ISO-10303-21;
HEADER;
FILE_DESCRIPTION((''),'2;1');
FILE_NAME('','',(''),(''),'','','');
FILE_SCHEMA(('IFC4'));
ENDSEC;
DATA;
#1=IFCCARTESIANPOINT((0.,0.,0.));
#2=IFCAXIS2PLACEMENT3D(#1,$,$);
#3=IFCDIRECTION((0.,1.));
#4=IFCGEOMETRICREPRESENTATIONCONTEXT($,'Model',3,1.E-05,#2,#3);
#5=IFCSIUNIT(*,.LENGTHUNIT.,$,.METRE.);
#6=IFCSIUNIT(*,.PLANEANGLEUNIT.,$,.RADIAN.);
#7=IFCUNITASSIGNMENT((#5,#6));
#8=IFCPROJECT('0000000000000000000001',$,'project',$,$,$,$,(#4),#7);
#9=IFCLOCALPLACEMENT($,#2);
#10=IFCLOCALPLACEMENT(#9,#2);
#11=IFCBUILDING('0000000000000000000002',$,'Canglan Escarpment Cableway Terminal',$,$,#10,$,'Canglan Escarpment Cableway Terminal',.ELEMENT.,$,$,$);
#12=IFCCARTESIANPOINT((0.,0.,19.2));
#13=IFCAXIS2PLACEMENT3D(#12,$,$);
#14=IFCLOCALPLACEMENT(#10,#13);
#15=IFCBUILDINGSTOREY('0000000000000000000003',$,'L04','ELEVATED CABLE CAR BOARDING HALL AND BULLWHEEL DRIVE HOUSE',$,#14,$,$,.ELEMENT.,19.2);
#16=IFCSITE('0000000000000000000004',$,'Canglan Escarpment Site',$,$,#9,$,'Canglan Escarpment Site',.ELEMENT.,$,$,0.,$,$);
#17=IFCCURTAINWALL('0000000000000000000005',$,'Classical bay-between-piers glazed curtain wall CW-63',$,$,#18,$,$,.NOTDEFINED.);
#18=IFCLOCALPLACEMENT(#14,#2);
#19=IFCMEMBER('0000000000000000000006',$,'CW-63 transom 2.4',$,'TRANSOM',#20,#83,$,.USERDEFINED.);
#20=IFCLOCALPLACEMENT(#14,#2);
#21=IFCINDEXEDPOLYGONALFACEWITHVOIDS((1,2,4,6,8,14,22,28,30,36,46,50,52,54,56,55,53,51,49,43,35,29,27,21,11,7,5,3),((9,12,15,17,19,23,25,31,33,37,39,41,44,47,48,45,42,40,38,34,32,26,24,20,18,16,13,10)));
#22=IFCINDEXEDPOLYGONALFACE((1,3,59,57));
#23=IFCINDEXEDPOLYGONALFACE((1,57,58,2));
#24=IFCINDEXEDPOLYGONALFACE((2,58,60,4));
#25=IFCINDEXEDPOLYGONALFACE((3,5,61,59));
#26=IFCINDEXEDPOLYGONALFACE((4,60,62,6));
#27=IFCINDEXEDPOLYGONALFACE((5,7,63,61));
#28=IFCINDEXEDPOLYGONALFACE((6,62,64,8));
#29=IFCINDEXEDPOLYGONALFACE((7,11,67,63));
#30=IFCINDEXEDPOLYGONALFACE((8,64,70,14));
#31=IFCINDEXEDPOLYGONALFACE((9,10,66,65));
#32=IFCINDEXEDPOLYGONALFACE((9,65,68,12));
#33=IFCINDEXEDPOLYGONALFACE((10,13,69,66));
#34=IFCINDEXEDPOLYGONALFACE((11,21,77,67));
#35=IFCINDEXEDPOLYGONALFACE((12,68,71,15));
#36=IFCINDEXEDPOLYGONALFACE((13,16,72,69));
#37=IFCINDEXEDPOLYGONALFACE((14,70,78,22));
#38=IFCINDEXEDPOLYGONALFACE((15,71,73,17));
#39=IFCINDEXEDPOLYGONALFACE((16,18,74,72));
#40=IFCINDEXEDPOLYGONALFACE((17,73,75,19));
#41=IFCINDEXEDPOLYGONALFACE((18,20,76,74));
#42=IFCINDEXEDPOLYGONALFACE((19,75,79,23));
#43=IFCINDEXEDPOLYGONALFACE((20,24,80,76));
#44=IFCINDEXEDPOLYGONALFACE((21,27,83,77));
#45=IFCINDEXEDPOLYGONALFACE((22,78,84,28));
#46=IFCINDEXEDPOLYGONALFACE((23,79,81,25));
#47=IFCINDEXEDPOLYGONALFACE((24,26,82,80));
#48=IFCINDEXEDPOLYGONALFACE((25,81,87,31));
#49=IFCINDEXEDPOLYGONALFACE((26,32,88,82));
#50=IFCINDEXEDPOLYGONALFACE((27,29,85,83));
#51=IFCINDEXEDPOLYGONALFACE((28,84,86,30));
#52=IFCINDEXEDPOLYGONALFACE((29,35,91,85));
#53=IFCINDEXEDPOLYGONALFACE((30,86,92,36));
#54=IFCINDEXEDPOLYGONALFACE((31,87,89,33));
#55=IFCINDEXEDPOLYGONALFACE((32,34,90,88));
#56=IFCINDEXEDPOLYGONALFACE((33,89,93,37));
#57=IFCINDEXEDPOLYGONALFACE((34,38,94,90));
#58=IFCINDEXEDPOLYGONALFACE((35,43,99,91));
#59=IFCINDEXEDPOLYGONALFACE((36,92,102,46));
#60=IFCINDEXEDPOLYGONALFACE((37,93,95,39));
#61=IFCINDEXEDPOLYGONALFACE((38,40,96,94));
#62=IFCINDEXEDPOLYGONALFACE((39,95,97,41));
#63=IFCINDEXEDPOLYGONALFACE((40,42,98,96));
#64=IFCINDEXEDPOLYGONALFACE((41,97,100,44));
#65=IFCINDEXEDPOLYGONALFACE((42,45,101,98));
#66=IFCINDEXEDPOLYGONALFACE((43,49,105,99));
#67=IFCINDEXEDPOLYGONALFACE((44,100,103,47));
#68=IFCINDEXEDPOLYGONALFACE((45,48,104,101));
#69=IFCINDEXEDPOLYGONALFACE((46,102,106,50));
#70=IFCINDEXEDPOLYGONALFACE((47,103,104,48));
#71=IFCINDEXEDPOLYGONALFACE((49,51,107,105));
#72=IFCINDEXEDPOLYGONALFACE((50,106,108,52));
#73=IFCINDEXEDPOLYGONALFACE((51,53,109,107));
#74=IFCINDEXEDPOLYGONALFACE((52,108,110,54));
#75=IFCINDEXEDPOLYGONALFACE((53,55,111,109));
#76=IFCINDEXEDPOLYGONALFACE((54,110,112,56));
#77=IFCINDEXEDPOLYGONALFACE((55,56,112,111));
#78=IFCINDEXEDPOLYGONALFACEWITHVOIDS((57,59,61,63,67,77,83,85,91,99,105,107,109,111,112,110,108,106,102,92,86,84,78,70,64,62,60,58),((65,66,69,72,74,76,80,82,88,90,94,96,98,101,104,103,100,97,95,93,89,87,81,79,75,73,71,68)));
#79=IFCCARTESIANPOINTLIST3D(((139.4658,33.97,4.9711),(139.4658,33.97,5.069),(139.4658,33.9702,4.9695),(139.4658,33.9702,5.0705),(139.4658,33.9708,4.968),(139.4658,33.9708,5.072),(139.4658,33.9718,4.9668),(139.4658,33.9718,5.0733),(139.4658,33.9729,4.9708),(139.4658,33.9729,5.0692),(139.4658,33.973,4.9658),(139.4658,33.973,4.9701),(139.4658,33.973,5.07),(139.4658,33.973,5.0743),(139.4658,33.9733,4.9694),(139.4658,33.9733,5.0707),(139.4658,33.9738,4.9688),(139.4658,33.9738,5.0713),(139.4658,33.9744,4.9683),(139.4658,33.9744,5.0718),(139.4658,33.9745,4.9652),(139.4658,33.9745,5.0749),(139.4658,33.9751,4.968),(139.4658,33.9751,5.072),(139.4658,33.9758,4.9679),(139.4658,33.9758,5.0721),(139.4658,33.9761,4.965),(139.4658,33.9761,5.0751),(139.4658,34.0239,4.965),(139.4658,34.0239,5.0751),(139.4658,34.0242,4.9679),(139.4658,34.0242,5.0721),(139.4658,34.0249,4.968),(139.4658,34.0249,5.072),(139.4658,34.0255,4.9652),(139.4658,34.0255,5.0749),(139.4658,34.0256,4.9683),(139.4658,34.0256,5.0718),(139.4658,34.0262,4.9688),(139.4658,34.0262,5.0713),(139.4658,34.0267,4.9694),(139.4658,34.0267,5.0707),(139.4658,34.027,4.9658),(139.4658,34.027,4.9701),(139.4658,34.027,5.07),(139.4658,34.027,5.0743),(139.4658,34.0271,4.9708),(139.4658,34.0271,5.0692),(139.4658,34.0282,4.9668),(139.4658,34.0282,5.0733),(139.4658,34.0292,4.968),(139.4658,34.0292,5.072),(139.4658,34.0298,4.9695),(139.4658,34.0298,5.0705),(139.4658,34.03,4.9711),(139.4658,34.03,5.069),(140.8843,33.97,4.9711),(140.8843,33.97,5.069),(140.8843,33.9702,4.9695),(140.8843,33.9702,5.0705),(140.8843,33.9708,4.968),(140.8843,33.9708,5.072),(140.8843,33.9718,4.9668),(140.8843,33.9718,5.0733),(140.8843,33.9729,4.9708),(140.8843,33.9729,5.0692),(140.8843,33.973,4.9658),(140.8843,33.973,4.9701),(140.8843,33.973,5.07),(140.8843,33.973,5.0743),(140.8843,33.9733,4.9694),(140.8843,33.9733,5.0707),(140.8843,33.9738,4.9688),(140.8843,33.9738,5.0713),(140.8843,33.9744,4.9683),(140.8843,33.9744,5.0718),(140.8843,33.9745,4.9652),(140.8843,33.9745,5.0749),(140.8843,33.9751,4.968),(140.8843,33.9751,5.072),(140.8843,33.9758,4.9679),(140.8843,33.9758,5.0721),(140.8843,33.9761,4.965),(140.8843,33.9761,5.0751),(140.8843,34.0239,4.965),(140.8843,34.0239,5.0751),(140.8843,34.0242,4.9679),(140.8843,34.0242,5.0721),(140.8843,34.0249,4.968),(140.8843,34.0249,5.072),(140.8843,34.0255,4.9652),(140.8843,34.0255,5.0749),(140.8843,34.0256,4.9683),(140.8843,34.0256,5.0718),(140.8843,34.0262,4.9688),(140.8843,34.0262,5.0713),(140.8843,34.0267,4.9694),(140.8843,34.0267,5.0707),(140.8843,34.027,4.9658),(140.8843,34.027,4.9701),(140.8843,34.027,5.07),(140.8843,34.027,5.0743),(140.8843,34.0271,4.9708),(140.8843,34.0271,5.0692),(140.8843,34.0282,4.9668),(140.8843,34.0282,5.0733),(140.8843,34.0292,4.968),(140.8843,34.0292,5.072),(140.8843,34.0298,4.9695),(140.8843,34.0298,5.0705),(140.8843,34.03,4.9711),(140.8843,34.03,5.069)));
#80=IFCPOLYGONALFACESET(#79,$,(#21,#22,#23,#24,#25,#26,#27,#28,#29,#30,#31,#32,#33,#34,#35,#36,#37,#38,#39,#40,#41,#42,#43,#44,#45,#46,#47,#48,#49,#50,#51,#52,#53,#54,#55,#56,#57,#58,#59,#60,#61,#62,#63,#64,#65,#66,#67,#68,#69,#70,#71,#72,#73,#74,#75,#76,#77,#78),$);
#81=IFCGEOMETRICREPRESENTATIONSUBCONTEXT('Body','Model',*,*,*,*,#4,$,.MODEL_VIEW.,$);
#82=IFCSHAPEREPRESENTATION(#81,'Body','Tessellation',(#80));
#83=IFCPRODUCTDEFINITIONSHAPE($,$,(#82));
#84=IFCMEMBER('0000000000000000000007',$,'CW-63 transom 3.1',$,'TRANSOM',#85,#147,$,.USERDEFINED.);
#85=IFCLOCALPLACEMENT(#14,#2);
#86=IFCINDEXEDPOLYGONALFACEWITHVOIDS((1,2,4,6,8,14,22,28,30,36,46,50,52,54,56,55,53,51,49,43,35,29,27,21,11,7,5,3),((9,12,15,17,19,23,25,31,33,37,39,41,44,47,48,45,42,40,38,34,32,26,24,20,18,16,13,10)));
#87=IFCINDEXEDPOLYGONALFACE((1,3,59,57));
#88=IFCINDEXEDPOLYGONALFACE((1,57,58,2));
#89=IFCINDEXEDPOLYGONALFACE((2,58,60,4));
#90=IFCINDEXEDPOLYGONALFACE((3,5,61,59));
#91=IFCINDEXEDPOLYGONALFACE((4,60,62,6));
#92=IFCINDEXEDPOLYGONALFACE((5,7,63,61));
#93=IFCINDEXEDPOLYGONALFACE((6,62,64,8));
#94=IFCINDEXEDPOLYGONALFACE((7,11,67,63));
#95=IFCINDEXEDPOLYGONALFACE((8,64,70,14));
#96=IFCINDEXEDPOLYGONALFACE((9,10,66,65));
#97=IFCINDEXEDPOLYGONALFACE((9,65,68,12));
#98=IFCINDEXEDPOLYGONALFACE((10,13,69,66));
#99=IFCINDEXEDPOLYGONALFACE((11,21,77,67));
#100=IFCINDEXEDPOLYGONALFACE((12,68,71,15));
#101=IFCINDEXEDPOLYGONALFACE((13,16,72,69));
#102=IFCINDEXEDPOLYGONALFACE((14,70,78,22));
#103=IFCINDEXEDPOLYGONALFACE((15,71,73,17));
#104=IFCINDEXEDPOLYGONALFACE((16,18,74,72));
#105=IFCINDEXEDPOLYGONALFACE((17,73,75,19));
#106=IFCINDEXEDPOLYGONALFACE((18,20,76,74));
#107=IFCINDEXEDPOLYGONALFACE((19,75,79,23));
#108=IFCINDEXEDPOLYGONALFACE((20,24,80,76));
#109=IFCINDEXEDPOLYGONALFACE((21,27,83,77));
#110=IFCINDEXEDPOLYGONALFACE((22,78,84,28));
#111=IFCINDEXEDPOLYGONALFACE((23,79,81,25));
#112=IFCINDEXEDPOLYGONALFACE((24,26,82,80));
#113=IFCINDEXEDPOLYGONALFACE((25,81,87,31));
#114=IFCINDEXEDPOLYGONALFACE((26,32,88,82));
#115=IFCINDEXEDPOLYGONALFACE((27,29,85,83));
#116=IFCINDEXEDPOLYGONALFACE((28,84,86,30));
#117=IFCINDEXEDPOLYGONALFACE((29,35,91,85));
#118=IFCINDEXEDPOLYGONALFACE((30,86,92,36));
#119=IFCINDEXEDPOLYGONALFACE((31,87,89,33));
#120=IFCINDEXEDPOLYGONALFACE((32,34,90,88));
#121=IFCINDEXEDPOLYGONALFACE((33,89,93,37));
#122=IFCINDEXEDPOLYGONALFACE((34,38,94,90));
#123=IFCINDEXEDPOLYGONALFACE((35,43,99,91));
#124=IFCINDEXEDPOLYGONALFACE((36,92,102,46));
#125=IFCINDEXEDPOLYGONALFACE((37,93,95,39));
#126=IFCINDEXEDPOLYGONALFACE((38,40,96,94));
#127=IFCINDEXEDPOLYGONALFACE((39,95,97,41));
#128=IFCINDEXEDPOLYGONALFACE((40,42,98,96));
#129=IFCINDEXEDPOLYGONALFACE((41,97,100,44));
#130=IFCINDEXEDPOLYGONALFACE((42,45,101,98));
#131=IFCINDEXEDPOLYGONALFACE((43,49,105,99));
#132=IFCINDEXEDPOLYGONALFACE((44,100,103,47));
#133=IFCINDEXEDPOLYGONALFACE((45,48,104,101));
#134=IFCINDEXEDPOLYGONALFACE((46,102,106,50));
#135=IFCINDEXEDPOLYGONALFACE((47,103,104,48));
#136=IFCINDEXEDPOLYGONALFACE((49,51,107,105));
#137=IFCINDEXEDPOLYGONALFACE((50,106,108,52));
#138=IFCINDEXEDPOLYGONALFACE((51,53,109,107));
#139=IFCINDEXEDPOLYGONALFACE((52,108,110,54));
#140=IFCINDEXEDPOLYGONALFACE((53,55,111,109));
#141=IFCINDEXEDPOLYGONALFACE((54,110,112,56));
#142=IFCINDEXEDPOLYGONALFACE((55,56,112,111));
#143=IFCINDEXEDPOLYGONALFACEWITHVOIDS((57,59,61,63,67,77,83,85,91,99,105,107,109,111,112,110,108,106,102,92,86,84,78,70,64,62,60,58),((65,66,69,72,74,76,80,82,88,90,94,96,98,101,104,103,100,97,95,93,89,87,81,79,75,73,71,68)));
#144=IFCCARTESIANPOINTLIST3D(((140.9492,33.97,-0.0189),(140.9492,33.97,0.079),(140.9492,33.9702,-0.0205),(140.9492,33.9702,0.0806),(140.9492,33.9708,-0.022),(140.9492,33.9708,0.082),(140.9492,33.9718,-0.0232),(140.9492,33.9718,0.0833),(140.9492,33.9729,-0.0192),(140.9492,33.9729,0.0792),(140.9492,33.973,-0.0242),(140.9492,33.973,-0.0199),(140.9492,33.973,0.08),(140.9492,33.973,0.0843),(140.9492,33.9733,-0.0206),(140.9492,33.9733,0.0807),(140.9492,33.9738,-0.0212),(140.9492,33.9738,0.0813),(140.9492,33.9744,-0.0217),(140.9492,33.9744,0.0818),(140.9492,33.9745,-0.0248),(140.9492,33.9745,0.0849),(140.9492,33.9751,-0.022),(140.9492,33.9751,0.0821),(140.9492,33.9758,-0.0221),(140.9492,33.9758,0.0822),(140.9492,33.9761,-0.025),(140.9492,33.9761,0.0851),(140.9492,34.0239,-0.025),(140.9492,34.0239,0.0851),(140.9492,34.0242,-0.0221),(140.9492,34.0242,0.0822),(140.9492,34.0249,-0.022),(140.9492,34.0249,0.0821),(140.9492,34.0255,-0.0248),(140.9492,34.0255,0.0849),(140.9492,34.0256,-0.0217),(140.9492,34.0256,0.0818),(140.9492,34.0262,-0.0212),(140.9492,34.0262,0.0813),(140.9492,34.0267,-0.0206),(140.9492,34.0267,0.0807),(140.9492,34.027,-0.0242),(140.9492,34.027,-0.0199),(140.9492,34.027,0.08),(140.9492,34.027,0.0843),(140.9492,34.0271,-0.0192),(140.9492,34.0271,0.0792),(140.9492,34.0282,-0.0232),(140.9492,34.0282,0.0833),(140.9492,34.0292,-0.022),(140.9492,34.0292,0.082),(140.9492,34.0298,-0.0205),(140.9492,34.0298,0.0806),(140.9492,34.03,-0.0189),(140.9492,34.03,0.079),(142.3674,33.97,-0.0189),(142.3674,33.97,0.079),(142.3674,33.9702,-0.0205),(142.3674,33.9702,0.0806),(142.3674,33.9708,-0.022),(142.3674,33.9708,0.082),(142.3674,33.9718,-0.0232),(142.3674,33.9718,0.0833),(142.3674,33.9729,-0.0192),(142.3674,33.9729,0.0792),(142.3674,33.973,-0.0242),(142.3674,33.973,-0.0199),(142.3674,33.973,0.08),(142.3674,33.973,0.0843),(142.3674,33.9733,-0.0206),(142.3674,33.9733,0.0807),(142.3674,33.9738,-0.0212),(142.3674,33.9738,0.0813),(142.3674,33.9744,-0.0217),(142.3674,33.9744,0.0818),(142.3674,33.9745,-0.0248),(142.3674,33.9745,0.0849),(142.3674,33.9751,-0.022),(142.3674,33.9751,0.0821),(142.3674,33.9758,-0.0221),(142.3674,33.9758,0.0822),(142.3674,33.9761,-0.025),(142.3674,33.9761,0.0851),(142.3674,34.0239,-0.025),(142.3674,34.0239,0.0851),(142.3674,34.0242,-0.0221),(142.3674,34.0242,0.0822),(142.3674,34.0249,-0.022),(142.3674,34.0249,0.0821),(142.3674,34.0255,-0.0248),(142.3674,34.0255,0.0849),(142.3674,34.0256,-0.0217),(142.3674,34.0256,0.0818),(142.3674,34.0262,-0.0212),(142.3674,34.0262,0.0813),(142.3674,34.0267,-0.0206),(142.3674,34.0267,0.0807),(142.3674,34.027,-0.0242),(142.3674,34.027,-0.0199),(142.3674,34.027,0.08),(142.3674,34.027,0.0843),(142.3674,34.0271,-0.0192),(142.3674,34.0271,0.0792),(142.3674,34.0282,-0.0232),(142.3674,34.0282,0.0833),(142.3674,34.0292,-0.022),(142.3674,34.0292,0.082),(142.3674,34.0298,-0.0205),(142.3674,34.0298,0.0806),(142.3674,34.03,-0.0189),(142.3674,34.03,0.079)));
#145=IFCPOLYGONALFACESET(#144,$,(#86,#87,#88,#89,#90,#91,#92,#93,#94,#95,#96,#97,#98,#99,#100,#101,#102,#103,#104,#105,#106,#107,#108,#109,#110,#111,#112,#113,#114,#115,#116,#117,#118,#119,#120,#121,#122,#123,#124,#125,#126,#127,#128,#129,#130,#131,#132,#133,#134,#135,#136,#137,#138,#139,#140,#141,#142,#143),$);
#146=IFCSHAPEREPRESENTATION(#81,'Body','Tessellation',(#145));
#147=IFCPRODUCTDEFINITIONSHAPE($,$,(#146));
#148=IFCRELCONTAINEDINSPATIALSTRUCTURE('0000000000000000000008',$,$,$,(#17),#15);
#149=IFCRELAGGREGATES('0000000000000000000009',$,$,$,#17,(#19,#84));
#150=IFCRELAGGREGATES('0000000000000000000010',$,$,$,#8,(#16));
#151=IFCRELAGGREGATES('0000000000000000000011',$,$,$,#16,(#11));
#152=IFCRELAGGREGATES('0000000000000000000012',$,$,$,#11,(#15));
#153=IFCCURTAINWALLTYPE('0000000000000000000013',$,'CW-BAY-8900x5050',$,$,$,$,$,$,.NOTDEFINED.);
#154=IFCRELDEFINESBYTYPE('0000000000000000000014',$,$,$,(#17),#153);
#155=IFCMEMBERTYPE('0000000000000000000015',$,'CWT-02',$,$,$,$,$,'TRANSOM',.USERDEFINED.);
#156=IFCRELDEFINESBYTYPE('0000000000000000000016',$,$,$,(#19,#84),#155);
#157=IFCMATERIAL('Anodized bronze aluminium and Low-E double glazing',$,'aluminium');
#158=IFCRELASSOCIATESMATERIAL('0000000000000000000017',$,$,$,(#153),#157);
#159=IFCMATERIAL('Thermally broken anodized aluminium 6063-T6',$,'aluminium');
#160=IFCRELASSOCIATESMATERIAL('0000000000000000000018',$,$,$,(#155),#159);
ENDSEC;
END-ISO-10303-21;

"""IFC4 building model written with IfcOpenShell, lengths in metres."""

from ifc_helpers import new_model, si_unit, direction, frame, origin, origin_2d, place, context, subcontext, project, spatial, hollow_rectangle, extrude, material, material_profile, profile_set, type_object, element, aggregate, save


model = new_model("IFC4")

# Units and contexts
model_context = context("Model", 3, precision=1e-05, world=origin(), true_north=direction((0.0, 1.0)))
body_context = subcontext(model_context, "Body", "Model", "MODEL_VIEW")
ifc_project = project(units=[si_unit("LENGTHUNIT", "METRE"), si_unit("PLANEANGLEUNIT", "RADIAN")], contexts=[model_context])

# Site, building, storey
site_placement = place(None, origin())
site = spatial("IfcSite", under=ifc_project, at=site_placement, Name="Canglan Escarpment Site", LongName="Canglan Escarpment Site", CompositionType="ELEMENT", RefElevation=0.0)
building_placement = place(site_placement, origin())
building = spatial("IfcBuilding", under=site, at=building_placement, Name="Canglan Escarpment Cableway Terminal", LongName="Canglan Escarpment Cableway Terminal", CompositionType="ELEMENT")
storey_placement = place(building_placement, frame((0.0, 0.0, 19.2)))
storey = spatial("IfcBuildingStorey", under=building, at=storey_placement, Name="L04", Description="ELEVATED CABLE CAR BOARDING HALL AND BULLWHEEL DRIVE HOUSE", CompositionType="ELEMENT", Elevation=19.2)

# Curtain wall
ifc_material_1 = material(Name="Anodized bronze aluminium and Low-E double glazing", Category="aluminium")
curtain_wall_type_1 = type_object("IfcCurtainWallType", Name="CW-BAY-8900x5050", PredefinedType="NOTDEFINED", material=ifc_material_1)
curtain_wall_1_placement = place(storey_placement, origin())
curtain_wall_1 = element("IfcCurtainWall", 1, at=curtain_wall_1_placement, inside=storey, type_object=curtain_wall_type_1, Name="Classical bay-between-piers glazed curtain wall CW-63", PredefinedType="NOTDEFINED")
ifc_material_2 = material(Name="Thermally broken anodized aluminium 6063-T6", Category="aluminium")

# Members
ifc_material_profile_1 = material_profile(ifc_material_2, hollow_rectangle(XDim=0.0601, YDim=0.1101, WallThickness=0.0029, InnerFilletRadius=0.0029, OuterFilletRadius=0.0061, at=origin_2d()), Name="ALU-TRAN 60x110x3")
ifc_profile_set_1 = profile_set([ifc_material_profile_1], Name="Thermally broken anodized aluminium 6063-T6")
member_type_1 = type_object("IfcMemberType", Name="CWT-02", ElementType="TRANSOM", PredefinedType="USERDEFINED", material=ifc_profile_set_1)
member_1_placement = place(storey_placement, frame((139.4658, 34.0, 5.02), z_axis=(1.0, 0.0, 0.0), x_axis=(0.0, 1.0, 0.0)))
member_1 = element("IfcMember", 2, at=member_1_placement, type_object=member_type_1, Name="CW-63 transom 2.4", ObjectType="TRANSOM", PredefinedType="USERDEFINED", context=body_context, shape_type="SweptSolid", body=[
    extrude(hollow_rectangle(XDim=0.0601, YDim=0.1101, WallThickness=0.0029, InnerFilletRadius=0.0029, OuterFilletRadius=0.0061, at=origin_2d()), origin(), (0.0, 0.0, 1.0), 1.4185),
])
member_2_placement = place(storey_placement, frame((140.9492, 34.0, 0.03), z_axis=(1.0, 0.0, 0.0), x_axis=(0.0, 1.0, 0.0)))
member_2 = element("IfcMember", 3, at=member_2_placement, type_object=member_type_1, Name="CW-63 transom 3.1", ObjectType="TRANSOM", PredefinedType="USERDEFINED", context=body_context, shape_type="SweptSolid", body=[
    extrude(hollow_rectangle(XDim=0.0601, YDim=0.1101, WallThickness=0.0029, InnerFilletRadius=0.0029, OuterFilletRadius=0.0061, at=origin_2d()), origin(), (0.0, 0.0, 1.0), 1.4182),
])

aggregate(curtain_wall_1, [member_1, member_2])

save(model, "model.ifc")
